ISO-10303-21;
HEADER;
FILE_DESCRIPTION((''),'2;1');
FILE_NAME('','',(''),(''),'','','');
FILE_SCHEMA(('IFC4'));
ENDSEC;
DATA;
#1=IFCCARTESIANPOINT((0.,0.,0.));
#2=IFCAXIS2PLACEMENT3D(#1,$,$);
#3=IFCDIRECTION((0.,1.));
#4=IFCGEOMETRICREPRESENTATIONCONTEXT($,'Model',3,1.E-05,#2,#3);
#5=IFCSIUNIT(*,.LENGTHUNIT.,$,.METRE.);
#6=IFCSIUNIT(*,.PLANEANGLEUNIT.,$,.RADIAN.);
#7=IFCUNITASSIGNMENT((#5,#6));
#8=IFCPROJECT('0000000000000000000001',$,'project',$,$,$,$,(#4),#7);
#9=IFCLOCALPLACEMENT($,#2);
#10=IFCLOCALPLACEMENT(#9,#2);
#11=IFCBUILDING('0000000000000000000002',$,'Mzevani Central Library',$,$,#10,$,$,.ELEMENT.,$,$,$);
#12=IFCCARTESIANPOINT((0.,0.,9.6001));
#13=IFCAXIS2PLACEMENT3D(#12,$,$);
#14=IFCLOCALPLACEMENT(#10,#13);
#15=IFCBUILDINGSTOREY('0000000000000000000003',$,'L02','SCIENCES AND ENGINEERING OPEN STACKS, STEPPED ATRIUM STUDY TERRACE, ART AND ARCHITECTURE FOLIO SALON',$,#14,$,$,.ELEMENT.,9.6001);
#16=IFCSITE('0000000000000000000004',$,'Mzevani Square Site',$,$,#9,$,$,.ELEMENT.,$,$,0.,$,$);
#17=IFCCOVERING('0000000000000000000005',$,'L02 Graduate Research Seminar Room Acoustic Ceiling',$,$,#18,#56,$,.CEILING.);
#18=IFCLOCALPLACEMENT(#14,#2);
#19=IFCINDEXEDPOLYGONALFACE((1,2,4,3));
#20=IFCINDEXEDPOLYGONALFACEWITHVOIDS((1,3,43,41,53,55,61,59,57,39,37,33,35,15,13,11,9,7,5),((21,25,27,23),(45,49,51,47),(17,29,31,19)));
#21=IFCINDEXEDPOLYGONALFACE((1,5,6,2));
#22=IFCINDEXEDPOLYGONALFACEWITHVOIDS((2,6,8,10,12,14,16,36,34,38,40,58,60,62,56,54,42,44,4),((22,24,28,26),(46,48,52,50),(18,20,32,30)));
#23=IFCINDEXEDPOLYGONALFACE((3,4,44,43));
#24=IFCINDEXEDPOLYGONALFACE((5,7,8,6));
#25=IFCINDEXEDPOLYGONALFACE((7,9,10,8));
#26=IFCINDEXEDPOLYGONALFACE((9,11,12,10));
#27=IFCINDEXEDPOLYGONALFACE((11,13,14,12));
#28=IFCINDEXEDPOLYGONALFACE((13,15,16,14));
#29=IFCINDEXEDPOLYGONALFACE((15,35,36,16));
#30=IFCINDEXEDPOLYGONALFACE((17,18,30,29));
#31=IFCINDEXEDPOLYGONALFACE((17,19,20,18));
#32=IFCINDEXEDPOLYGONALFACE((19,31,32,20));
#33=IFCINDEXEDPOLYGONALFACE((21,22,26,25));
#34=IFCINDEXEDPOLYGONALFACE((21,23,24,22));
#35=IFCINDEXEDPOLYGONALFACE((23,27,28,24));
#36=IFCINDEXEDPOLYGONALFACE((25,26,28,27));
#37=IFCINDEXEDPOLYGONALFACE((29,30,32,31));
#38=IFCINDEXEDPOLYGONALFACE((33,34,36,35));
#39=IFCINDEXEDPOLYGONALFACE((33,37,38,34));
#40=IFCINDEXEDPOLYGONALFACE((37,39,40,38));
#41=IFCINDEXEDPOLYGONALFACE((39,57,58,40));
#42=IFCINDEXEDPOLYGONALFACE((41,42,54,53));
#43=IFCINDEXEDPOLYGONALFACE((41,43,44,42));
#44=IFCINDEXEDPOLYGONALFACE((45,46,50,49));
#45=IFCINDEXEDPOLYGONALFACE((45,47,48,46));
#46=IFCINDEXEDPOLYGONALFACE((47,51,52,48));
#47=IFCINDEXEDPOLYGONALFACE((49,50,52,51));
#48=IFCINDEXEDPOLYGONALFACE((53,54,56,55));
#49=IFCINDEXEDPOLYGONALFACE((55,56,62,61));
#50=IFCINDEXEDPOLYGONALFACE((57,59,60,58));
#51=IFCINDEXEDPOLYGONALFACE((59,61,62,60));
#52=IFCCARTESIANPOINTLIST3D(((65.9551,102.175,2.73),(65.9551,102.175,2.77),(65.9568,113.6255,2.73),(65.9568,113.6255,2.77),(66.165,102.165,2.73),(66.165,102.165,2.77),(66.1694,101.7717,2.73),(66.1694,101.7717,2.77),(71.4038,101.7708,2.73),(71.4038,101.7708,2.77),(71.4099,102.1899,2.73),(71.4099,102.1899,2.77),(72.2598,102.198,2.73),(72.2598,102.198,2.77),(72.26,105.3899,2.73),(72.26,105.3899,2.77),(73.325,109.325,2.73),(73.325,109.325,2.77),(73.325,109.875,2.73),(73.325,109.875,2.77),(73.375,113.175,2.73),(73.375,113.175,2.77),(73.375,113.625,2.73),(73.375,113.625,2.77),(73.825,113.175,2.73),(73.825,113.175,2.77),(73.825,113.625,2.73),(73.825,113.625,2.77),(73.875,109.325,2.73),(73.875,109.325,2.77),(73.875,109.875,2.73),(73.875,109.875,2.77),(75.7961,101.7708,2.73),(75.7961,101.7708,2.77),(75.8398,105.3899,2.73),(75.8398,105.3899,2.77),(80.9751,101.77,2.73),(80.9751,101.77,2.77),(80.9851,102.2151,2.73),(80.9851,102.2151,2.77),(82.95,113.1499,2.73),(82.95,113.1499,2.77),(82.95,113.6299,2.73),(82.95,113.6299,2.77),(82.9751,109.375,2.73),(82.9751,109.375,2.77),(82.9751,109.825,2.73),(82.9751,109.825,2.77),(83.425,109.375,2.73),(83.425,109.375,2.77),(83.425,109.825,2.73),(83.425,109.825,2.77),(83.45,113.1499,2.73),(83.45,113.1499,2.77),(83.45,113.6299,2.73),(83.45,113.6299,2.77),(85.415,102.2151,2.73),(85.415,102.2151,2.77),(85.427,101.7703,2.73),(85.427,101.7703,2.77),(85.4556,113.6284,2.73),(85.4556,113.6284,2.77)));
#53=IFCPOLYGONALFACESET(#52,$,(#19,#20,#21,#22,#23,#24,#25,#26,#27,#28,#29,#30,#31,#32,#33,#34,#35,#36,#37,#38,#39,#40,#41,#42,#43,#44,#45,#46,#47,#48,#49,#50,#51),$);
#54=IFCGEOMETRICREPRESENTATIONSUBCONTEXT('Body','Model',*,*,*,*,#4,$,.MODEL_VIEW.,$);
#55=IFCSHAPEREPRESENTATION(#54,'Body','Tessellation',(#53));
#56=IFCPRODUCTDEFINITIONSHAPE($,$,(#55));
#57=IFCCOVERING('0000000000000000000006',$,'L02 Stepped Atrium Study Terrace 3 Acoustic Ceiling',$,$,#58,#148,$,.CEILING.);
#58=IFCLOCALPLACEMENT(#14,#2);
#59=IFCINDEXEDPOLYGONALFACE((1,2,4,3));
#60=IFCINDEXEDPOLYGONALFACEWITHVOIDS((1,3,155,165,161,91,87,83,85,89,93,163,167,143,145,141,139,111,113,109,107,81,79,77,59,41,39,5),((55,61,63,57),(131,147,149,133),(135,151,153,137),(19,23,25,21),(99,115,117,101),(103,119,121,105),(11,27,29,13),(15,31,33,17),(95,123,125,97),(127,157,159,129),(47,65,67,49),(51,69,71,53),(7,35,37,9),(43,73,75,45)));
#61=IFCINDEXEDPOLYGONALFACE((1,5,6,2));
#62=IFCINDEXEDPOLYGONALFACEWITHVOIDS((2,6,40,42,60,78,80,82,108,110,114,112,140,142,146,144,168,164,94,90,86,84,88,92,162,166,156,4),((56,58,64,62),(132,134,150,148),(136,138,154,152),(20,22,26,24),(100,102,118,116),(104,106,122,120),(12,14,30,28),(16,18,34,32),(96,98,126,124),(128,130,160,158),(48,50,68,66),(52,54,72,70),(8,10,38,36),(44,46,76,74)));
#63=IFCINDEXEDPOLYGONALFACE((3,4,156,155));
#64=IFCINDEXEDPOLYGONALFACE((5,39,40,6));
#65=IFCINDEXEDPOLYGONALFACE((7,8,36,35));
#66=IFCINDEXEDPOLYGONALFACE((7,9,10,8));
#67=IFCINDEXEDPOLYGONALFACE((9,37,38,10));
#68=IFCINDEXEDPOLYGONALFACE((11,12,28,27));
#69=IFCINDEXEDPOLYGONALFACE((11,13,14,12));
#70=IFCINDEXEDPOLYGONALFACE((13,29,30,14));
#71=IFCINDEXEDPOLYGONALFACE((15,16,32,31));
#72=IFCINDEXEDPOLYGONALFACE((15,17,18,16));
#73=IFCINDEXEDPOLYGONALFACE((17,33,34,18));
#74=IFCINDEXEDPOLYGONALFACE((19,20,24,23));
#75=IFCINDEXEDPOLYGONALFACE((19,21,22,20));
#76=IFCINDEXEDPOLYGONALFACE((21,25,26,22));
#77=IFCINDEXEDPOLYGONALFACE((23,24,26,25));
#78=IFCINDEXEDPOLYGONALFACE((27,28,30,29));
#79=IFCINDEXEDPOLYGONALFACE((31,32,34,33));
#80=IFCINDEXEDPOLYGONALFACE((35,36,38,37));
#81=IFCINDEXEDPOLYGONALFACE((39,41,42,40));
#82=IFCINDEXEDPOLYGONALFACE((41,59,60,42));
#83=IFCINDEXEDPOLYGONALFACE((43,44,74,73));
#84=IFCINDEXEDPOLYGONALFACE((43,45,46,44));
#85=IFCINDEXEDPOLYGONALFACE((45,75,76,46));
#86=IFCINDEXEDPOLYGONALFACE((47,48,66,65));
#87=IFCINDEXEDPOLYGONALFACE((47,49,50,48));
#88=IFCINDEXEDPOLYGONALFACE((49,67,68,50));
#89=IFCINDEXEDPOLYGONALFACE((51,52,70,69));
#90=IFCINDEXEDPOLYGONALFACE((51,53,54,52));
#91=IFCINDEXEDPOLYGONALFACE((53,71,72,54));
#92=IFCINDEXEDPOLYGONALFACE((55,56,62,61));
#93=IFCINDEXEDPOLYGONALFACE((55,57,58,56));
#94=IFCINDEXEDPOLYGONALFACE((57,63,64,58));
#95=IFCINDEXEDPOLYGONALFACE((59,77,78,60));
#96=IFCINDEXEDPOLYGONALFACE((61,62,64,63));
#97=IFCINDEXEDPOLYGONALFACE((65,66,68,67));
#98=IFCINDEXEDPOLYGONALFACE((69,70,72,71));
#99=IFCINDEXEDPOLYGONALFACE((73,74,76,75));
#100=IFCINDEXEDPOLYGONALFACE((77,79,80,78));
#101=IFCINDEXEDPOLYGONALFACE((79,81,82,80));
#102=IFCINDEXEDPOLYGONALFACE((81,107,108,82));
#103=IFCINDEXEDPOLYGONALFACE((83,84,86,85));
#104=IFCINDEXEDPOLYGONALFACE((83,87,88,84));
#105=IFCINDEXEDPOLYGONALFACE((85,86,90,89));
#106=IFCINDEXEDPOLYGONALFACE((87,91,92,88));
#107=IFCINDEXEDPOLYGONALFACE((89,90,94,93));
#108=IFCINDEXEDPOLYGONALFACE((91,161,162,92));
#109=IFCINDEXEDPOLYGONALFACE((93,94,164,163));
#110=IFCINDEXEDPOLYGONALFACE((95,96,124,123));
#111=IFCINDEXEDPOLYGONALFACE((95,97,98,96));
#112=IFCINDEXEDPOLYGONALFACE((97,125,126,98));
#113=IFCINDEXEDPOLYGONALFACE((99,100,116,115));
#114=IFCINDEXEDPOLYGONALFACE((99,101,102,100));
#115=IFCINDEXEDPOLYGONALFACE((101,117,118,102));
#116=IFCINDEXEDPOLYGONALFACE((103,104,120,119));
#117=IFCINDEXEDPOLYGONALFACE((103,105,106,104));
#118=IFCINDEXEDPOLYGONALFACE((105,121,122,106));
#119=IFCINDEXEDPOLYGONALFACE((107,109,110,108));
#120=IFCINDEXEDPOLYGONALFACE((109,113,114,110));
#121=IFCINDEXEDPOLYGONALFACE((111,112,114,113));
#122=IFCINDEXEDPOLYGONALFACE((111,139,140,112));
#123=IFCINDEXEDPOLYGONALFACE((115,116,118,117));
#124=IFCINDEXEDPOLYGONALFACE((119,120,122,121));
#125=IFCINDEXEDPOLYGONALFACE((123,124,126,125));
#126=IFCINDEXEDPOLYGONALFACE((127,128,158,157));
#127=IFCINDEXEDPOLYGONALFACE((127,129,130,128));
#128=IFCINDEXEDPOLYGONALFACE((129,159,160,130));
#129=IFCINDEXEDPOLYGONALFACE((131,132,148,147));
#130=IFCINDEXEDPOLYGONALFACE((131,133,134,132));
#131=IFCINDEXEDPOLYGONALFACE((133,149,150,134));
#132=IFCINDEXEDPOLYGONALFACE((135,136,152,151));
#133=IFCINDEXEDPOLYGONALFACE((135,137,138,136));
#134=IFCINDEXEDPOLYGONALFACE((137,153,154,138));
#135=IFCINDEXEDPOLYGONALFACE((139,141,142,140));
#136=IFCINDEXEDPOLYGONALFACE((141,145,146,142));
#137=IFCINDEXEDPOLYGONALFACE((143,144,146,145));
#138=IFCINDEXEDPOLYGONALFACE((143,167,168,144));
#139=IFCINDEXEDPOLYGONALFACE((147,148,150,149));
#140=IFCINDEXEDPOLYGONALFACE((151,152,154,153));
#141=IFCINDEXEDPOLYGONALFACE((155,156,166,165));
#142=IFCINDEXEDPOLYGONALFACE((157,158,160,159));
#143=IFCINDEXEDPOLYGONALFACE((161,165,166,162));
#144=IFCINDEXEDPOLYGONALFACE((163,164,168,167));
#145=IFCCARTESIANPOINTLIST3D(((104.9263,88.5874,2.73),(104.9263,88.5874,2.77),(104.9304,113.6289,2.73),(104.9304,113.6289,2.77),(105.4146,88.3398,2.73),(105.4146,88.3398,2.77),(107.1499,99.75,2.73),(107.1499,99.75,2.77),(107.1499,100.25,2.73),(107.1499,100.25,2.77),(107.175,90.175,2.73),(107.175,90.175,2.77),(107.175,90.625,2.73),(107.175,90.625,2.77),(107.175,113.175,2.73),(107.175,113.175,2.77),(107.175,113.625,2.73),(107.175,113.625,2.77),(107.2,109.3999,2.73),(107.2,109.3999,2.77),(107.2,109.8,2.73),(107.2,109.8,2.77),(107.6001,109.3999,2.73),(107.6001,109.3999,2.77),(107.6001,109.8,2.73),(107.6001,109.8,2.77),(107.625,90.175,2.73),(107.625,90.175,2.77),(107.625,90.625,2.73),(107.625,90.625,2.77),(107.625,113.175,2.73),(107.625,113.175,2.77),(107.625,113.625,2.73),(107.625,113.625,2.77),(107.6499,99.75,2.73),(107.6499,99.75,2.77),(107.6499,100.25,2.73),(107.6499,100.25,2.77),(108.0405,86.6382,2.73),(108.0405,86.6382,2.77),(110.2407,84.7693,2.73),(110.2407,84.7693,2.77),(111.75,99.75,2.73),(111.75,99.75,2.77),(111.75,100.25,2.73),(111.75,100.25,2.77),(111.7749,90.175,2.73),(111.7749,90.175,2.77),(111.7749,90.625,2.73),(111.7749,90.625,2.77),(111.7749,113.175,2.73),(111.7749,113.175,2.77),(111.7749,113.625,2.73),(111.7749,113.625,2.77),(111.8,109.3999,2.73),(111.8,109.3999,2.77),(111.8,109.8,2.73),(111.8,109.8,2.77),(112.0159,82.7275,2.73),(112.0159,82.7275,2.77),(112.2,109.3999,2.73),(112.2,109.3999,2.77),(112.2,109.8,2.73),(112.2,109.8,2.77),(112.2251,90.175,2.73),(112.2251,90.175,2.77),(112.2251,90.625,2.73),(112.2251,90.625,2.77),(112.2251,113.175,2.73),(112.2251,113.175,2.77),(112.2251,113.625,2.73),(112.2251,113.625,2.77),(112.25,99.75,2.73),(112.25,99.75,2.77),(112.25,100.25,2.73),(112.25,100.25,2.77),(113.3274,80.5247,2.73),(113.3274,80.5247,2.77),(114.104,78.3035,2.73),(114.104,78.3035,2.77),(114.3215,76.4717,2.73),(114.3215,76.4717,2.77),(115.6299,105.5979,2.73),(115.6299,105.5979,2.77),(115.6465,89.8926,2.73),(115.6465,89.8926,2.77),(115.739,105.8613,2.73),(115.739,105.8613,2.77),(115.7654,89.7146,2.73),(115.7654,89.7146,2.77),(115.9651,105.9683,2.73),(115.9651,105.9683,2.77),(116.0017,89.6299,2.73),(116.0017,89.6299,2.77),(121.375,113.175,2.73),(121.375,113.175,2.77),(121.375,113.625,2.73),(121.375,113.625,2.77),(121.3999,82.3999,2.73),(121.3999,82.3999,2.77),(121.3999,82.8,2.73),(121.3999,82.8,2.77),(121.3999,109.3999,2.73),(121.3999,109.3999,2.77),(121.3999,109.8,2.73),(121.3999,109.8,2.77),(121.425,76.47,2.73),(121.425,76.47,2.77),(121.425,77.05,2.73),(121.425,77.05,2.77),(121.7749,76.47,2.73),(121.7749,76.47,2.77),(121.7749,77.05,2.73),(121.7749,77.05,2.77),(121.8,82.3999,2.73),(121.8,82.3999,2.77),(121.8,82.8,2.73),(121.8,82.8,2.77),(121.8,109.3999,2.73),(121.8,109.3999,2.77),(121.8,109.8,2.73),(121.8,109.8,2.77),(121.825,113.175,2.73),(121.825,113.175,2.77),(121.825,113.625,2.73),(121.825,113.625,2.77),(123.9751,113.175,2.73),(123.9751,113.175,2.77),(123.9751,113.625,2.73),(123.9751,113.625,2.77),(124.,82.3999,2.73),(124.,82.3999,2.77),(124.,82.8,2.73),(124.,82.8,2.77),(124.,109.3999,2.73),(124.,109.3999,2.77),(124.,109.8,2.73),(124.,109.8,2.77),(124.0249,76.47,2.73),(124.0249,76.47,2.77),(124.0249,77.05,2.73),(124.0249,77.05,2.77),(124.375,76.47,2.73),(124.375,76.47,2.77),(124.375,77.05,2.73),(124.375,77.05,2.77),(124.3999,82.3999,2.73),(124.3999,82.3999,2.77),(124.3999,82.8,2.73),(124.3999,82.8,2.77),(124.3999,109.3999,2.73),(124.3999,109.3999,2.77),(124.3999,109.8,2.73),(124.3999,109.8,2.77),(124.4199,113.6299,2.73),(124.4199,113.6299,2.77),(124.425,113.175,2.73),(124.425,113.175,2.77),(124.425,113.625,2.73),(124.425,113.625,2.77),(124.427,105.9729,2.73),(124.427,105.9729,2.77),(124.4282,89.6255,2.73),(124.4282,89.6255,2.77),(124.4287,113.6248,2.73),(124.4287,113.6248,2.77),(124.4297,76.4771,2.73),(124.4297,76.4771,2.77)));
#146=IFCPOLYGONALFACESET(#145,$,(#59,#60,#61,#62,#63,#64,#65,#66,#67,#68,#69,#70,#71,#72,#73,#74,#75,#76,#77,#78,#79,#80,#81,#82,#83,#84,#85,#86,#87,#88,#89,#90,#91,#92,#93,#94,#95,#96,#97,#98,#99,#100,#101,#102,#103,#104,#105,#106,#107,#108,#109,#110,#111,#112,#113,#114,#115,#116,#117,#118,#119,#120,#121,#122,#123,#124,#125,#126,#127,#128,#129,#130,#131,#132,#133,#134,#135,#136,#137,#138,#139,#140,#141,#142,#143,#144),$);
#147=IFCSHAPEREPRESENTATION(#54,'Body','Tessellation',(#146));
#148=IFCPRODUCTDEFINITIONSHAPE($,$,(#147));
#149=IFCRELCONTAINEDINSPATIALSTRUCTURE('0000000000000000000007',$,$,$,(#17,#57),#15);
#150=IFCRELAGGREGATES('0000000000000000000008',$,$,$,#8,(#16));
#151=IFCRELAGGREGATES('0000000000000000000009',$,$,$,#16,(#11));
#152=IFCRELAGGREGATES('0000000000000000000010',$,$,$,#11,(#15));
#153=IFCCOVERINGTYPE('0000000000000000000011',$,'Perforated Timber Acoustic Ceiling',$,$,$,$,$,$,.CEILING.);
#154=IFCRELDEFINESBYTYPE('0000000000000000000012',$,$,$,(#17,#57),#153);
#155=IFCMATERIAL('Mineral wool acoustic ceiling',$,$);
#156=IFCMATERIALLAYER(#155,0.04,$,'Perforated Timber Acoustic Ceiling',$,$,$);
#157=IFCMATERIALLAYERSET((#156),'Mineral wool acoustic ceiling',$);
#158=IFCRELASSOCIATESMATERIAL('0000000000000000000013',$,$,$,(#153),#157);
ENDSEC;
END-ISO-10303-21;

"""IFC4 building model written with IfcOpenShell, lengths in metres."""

from ifc_helpers import new_model, si_unit, direction, frame, origin, place, context, subcontext, project, spatial, polyline, outline, extrude, material, layer, layer_set, type_object, element, save


model = new_model("IFC4")

# Units and contexts
model_context = context("Model", 3, precision=1e-05, world=origin(), true_north=direction((0.0, 1.0)))
body_context = subcontext(model_context, "Body", "Model", "MODEL_VIEW")
ifc_project = project(units=[si_unit("LENGTHUNIT", "METRE"), si_unit("PLANEANGLEUNIT", "RADIAN")], contexts=[model_context])

# Site, building, storey
site_placement = place(None, origin())
site = spatial("IfcSite", under=ifc_project, at=site_placement, Name="Mzevani Square Site", CompositionType="ELEMENT", RefElevation=0.0)
building_placement = place(site_placement, origin())
building = spatial("IfcBuilding", under=site, at=building_placement, Name="Mzevani Central Library", CompositionType="ELEMENT")
storey_placement = place(building_placement, frame((0.0, 0.0, 9.6001)))
storey = spatial("IfcBuildingStorey", under=building, at=storey_placement, Name="L02", Description="SCIENCES AND ENGINEERING OPEN STACKS, STEPPED ATRIUM STUDY TERRACE, ART AND ARCHITECTURE FOLIO SALON", CompositionType="ELEMENT", Elevation=9.6001)

# Coverings
ifc_material_1 = material(Name="Mineral wool acoustic ceiling")
ifc_layer_1 = layer(ifc_material_1, 0.04, Name="Perforated Timber Acoustic Ceiling")
ifc_layer_set_1 = layer_set([ifc_layer_1], Name="Mineral wool acoustic ceiling")
covering_type_1 = type_object("IfcCoveringType", Name="Perforated Timber Acoustic Ceiling", PredefinedType="CEILING", material=ifc_layer_set_1)
covering_1_placement = place(storey_placement, frame((0.0, 0.0, 2.73)))
element("IfcCovering", 1, at=covering_1_placement, inside=storey, type_object=covering_type_1, Name="L02 Graduate Research Seminar Room Acoustic Ceiling", PredefinedType="CEILING", context=body_context, shape_type="SweptSolid", body=[
    extrude(outline(polyline([(85.427, 101.7703), (85.415, 102.2151), (80.9851, 102.2151), (80.9751, 101.77), (75.7961, 101.7708), (75.8398, 105.3899), (72.26, 105.3899), (72.2598, 102.198), (71.4099, 102.1899), (71.4038, 101.7708), (66.1694, 101.7717), (66.165, 102.165), (65.9551, 102.175), (65.9568, 113.6255), (82.95, 113.6299), (82.95, 113.1499), (83.45, 113.1499), (83.45, 113.6299), (85.4556, 113.6284), (85.427, 101.7703)]), holes=[polyline([(73.875, 109.325), (73.875, 109.875), (73.325, 109.875), (73.325, 109.325), (73.875, 109.325)]), polyline([(73.375, 113.175), (73.825, 113.175), (73.825, 113.625), (73.375, 113.625), (73.375, 113.175)]), polyline([(82.9751, 109.825), (82.9751, 109.375), (83.425, 109.375), (83.425, 109.825), (82.9751, 109.825)])]), origin(), (0.0, 0.0, 1.0), 0.04),
])
covering_2_placement = place(storey_placement, frame((0.0, 0.0, 2.73)))
element("IfcCovering", 2, at=covering_2_placement, inside=storey, type_object=covering_type_1, Name="L02 Stepped Atrium Study Terrace 3 Acoustic Ceiling", PredefinedType="CEILING", context=body_context, shape_type="SweptSolid", body=[
    extrude(outline(polyline([(124.4297, 76.4771), (124.375, 76.47), (124.375, 77.05), (124.0249, 77.05), (124.0249, 76.47), (121.7749, 76.47), (121.7749, 77.05), (121.425, 77.05), (121.425, 76.47), (114.3215, 76.4717), (114.104, 78.3035), (113.3274, 80.5247), (112.0159, 82.7275), (110.2407, 84.7693), (108.0405, 86.6382), (105.4146, 88.3398), (104.9263, 88.5874), (104.9304, 113.6289), (124.4199, 113.6299), (124.4287, 113.6248), (124.427, 105.9729), (115.9651, 105.9683), (115.739, 105.8613), (115.6299, 105.5979), (115.6465, 89.8926), (115.7654, 89.7146), (116.0017, 89.6299), (124.4282, 89.6255), (124.4297, 76.4771)]), holes=[polyline([(107.625, 90.175), (107.625, 90.625), (107.175, 90.625), (107.175, 90.175), (107.625, 90.175)]), polyline([(107.1499, 99.75), (107.6499, 99.75), (107.6499, 100.25), (107.1499, 100.25), (107.1499, 99.75)]), polyline([(107.2, 109.8), (107.2, 109.3999), (107.6001, 109.3999), (107.6001, 109.8), (107.2, 109.8)]), polyline([(107.625, 113.625), (107.175, 113.625), (107.175, 113.175), (107.625, 113.175), (107.625, 113.625)]), polyline([(112.2251, 90.175), (112.2251, 90.625), (111.7749, 90.625), (111.7749, 90.175), (112.2251, 90.175)]), polyline([(111.75, 99.75), (112.25, 99.75), (112.25, 100.25), (111.75, 100.25), (111.75, 99.75)]), polyline([(111.8, 109.8), (111.8, 109.3999), (112.2, 109.3999), (112.2, 109.8), (111.8, 109.8)]), polyline([(112.2251, 113.625), (111.7749, 113.625), (111.7749, 113.175), (112.2251, 113.175), (112.2251, 113.625)]), polyline([(121.3999, 82.3999), (121.8, 82.3999), (121.8, 82.8), (121.3999, 82.8), (121.3999, 82.3999)]), polyline([(121.3999, 109.8), (121.3999, 109.3999), (121.8, 109.3999), (121.8, 109.8), (121.3999, 109.8)]), polyline([(121.825, 113.625), (121.375, 113.625), (121.375, 113.175), (121.825, 113.175), (121.825, 113.625)]), polyline([(124.0, 82.3999), (124.3999, 82.3999), (124.3999, 82.8), (124.0, 82.8), (124.0, 82.3999)]), polyline([(124.0, 109.8), (124.0, 109.3999), (124.3999, 109.3999), (124.3999, 109.8), (124.0, 109.8)]), polyline([(124.425, 113.625), (123.9751, 113.625), (123.9751, 113.175), (124.425, 113.175), (124.425, 113.625)])]), origin(), (0.0, 0.0, 1.0), 0.04),
])

save(model, "model.ifc")
